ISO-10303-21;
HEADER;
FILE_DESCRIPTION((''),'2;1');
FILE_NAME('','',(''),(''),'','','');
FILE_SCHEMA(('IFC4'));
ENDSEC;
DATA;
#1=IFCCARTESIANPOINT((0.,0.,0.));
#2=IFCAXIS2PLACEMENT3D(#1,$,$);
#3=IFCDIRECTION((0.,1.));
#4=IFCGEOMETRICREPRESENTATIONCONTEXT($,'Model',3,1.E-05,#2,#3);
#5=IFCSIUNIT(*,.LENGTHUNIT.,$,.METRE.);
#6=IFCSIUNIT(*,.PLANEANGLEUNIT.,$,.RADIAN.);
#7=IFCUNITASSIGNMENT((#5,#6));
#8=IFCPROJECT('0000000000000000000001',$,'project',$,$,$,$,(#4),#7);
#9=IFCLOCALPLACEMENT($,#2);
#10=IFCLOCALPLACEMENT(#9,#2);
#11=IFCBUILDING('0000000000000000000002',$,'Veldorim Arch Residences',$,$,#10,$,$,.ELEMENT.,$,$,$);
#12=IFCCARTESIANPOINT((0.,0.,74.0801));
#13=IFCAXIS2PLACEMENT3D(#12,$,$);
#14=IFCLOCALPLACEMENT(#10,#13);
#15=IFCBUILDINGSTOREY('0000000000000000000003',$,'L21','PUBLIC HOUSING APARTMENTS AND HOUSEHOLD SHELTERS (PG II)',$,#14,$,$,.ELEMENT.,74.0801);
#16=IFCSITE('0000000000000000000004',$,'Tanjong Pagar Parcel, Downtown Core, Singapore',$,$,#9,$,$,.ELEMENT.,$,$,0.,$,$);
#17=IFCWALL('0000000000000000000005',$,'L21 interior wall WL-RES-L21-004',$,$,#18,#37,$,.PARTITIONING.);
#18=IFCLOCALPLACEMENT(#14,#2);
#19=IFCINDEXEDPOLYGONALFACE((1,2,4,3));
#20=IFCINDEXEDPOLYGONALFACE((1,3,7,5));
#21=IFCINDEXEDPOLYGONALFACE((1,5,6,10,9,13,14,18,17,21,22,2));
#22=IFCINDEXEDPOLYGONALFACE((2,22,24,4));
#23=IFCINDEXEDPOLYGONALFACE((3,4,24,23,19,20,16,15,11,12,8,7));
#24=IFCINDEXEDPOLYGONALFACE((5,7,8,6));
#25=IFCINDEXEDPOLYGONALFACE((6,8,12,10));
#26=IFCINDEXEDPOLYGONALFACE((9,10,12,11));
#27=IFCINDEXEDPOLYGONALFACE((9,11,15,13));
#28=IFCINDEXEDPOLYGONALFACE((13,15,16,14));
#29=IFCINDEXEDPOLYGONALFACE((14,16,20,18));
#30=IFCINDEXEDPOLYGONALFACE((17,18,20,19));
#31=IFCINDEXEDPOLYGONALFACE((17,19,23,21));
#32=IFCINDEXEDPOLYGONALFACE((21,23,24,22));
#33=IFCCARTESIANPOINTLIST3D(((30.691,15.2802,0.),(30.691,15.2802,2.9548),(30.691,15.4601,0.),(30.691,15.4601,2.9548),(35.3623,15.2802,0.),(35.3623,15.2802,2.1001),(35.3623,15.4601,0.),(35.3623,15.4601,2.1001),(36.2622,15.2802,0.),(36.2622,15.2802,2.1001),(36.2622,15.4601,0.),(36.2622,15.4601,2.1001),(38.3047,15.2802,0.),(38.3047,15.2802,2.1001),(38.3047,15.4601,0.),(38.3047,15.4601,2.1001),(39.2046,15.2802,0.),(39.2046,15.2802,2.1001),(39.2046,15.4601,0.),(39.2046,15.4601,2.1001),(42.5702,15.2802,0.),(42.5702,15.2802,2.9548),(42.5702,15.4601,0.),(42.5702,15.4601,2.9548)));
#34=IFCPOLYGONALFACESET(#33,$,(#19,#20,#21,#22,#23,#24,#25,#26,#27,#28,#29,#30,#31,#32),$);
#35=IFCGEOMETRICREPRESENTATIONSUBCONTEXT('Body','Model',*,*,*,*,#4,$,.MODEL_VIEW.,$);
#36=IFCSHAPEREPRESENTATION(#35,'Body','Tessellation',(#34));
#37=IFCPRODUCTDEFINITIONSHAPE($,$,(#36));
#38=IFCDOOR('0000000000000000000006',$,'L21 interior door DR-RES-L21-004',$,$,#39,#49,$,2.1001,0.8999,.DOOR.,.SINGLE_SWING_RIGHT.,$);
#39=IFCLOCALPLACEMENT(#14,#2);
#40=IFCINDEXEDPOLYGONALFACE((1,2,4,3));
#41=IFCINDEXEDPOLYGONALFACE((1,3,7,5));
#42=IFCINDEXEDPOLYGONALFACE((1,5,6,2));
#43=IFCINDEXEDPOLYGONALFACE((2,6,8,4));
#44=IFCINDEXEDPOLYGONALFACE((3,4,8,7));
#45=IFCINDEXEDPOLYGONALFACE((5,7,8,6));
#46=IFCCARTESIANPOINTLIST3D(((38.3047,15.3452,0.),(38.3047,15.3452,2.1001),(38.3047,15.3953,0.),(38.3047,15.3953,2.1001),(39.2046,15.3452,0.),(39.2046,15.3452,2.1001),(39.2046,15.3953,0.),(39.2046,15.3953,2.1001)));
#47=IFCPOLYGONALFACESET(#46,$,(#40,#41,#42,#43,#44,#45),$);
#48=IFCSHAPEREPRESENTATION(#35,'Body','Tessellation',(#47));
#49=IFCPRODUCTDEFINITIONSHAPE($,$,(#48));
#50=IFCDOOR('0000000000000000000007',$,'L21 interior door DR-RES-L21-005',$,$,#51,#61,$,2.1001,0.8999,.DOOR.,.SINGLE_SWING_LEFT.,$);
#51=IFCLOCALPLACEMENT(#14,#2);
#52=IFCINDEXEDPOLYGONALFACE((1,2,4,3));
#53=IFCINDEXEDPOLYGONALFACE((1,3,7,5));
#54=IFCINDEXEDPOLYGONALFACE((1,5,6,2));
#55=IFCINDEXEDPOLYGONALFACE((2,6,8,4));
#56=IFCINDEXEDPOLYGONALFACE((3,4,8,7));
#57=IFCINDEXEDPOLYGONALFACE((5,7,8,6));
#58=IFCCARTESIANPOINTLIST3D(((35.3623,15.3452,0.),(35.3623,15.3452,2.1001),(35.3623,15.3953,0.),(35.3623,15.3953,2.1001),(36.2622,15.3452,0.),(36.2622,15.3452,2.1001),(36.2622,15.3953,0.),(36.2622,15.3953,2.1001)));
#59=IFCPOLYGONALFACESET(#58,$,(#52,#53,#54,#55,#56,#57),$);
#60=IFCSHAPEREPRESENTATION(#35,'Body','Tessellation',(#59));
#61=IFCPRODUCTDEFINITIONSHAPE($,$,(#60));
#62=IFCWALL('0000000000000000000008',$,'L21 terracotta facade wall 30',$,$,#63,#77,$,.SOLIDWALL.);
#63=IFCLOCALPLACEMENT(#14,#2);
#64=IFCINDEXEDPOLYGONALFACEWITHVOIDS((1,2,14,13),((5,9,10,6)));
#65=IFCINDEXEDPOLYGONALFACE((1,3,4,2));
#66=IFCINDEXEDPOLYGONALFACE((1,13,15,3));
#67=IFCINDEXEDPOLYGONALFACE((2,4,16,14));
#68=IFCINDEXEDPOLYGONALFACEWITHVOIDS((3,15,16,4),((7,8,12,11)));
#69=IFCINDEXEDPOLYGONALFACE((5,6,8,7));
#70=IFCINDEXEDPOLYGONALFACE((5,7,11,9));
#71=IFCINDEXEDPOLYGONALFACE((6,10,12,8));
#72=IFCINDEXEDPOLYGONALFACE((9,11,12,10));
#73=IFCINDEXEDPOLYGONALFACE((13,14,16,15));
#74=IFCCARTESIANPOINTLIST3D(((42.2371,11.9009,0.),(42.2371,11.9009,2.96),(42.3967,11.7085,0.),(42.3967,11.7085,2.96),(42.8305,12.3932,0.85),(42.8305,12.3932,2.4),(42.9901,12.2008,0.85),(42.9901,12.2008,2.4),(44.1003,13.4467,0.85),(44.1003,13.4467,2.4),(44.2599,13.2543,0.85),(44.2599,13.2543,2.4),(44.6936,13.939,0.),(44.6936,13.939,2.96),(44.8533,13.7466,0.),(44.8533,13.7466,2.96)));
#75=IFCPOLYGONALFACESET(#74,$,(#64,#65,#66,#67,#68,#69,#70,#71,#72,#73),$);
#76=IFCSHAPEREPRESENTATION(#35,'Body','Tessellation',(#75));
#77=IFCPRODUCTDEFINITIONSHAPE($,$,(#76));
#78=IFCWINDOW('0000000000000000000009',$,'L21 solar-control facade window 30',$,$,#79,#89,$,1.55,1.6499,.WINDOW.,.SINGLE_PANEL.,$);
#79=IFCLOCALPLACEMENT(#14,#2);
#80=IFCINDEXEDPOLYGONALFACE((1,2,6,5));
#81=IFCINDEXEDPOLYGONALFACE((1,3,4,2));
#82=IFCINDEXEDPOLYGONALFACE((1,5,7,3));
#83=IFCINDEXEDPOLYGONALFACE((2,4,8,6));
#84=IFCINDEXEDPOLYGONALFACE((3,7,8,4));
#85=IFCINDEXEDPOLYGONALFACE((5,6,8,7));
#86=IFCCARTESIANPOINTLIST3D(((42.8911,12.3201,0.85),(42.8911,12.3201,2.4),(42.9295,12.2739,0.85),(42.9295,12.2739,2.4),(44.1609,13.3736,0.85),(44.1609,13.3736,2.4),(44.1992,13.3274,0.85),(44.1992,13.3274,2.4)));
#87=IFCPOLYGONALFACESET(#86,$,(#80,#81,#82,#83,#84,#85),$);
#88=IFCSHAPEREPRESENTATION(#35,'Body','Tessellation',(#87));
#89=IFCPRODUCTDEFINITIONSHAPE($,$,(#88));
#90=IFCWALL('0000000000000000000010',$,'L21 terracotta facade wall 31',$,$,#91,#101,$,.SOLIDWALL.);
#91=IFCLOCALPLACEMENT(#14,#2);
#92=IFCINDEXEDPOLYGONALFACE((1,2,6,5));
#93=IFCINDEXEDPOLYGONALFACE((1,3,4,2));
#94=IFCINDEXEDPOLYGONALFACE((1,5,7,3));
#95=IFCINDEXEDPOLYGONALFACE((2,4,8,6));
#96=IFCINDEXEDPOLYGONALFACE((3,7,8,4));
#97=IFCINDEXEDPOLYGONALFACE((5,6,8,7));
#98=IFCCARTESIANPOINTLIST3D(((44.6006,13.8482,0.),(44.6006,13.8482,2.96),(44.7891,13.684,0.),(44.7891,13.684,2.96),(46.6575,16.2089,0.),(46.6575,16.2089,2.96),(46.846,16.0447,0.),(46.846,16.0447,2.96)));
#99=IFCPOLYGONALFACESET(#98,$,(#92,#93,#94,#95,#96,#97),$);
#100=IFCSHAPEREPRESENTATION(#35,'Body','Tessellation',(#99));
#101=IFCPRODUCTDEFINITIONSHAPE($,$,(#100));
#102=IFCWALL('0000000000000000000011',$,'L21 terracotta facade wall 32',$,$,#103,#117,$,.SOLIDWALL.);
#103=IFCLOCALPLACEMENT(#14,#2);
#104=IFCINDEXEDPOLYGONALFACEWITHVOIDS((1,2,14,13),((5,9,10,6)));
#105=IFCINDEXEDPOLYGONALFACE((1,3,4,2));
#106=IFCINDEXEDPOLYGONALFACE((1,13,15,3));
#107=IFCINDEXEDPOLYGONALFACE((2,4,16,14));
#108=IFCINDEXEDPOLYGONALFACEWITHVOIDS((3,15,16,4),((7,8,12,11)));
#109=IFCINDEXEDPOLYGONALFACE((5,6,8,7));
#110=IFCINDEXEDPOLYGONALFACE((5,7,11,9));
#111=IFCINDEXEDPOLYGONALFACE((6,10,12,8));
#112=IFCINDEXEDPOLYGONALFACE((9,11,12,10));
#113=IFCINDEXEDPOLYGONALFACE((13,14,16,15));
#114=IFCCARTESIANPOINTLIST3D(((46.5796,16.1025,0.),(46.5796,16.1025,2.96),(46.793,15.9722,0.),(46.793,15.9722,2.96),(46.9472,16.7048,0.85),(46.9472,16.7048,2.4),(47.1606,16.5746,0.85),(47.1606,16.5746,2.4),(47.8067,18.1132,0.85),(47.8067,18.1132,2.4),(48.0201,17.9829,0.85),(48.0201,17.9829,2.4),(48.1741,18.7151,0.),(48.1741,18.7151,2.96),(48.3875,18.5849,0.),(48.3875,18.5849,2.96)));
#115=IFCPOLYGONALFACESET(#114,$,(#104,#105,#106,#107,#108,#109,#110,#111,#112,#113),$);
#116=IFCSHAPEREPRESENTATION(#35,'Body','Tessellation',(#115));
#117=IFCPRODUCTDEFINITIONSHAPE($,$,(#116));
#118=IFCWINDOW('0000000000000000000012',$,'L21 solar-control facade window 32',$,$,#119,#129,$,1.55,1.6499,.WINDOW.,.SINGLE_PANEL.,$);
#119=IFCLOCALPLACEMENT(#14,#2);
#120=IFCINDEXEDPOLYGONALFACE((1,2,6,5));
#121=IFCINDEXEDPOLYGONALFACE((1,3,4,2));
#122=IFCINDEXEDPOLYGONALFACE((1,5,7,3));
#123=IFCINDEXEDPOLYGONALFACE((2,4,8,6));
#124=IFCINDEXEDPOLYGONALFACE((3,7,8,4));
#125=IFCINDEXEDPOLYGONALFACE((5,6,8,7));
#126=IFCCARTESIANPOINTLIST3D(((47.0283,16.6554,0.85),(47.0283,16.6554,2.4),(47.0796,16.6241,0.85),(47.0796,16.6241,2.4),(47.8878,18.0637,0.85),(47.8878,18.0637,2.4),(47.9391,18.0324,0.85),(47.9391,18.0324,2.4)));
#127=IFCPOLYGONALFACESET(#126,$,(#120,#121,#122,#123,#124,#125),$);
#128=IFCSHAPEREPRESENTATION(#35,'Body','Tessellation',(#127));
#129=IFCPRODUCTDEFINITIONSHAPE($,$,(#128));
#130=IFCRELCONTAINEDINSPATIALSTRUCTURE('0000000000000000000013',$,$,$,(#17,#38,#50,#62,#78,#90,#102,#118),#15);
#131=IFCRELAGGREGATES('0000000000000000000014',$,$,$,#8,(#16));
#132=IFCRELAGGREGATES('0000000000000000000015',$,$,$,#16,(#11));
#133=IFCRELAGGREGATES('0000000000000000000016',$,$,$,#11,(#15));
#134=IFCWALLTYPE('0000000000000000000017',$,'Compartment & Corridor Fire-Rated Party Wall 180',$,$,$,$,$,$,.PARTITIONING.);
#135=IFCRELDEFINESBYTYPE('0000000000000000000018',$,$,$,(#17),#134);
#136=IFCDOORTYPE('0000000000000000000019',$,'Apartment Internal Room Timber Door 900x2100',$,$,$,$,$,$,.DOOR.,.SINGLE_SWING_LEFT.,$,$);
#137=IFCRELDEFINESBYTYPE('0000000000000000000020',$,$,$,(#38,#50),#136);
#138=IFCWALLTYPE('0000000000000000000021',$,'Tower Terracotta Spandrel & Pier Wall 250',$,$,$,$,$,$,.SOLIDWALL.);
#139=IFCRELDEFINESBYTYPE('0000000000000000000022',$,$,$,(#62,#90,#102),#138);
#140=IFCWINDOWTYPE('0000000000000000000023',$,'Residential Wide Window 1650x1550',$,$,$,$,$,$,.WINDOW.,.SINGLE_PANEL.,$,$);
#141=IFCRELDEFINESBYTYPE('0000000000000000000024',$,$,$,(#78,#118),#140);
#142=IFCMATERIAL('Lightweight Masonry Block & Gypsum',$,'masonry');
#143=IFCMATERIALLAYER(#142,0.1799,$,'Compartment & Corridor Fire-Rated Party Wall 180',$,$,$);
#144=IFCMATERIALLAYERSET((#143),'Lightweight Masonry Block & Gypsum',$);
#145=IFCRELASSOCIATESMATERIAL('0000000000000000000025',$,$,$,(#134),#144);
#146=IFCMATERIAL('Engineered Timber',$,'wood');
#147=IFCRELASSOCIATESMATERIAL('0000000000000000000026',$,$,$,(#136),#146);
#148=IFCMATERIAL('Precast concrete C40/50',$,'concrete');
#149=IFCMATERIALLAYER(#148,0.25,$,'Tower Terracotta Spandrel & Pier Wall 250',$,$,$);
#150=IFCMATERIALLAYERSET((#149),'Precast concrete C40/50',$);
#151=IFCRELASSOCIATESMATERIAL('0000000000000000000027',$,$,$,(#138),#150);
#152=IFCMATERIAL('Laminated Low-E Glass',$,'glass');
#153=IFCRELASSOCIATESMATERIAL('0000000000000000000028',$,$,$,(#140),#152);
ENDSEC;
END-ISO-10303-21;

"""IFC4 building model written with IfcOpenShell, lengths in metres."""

from ifc_helpers import new_model, si_unit, direction, frame, frame_2d, origin, place, context, subcontext, project, spatial, rectangle, extrude, material, layer, layer_set, type_object, element, fill, save


model = new_model("IFC4")

# Units and contexts
model_context = context("Model", 3, precision=1e-05, world=origin(), true_north=direction((0.0, 1.0)))
body_context = subcontext(model_context, "Body", "Model", "MODEL_VIEW")
ifc_project = project(units=[si_unit("LENGTHUNIT", "METRE"), si_unit("PLANEANGLEUNIT", "RADIAN")], contexts=[model_context])

# Site, building, storey
site_placement = place(None, origin())
site = spatial("IfcSite", under=ifc_project, at=site_placement, Name="Tanjong Pagar Parcel, Downtown Core, Singapore", CompositionType="ELEMENT", RefElevation=0.0)
building_placement = place(site_placement, origin())
building = spatial("IfcBuilding", under=site, at=building_placement, Name="Veldorim Arch Residences", CompositionType="ELEMENT")
storey_placement = place(building_placement, frame((0.0, 0.0, 74.0801)))
storey = spatial("IfcBuildingStorey", under=building, at=storey_placement, Name="L21", Description="PUBLIC HOUSING APARTMENTS AND HOUSEHOLD SHELTERS (PG II)", CompositionType="ELEMENT", Elevation=74.0801)

# Shared definitions
ifc_material_1 = material(Name="Lightweight Masonry Block & Gypsum", Category="masonry")
ifc_layer_1 = layer(ifc_material_1, 0.1799, Name="Compartment & Corridor Fire-Rated Party Wall 180")
ifc_layer_set_1 = layer_set([ifc_layer_1], Name="Lightweight Masonry Block & Gypsum")
wall_type_1 = type_object("IfcWallType", Name="Compartment & Corridor Fire-Rated Party Wall 180", PredefinedType="PARTITIONING", material=ifc_layer_set_1)

# Wall, openings, doors
wall_1_placement = place(storey_placement, frame((42.5701, 15.3701, 0.0), z_axis=(0.0, 0.0, 1.0), x_axis=(-1.0, 0.0, 0.0)))
wall_1 = element("IfcWall", 1, at=wall_1_placement, inside=storey, type_object=wall_type_1, Name="L21 interior wall WL-RES-L21-004", PredefinedType="PARTITIONING", context=body_context, shape_type="SweptSolid", body=[
    extrude(rectangle(XDim=11.8792, YDim=0.1799, at=frame_2d((5.9395, 0.0))), origin(), (0.0, 0.0, 1.0), 2.9548),
])
opening_1_placement = place(wall_1_placement, frame((3.3655, 0.0, 0.0)))
opening_1 = element("IfcOpeningElement", 2, at=opening_1_placement, cuts=wall_1, PredefinedType="OPENING", context=body_context, shape_type="SweptSolid", body=[
    extrude(rectangle(XDim=0.8999, YDim=2.1001, at=frame_2d((0.45, 1.05))), frame((0.0, 0.0999, 0.0), z_axis=(0.0, -1.0, 0.0), x_axis=(1.0, 0.0, 0.0)), (0.0, 0.0, 1.0), 0.2),
])
opening_2_placement = place(wall_1_placement, frame((6.3079, 0.0, 0.0)))
opening_2 = element("IfcOpeningElement", 3, at=opening_2_placement, cuts=wall_1, PredefinedType="OPENING", context=body_context, shape_type="SweptSolid", body=[
    extrude(rectangle(XDim=0.8999, YDim=2.1001, at=frame_2d((0.45, 1.05))), frame((0.0, 0.0999, 0.0), z_axis=(0.0, -1.0, 0.0), x_axis=(1.0, 0.0, 0.0)), (0.0, 0.0, 1.0), 0.2),
])
ifc_material_2 = material(Name="Engineered Timber", Category="wood")
door_type = type_object("IfcDoorType", Name="Apartment Internal Room Timber Door 900x2100", OperationType="SINGLE_SWING_LEFT", PredefinedType="DOOR", material=ifc_material_2)
door_1_placement = place(opening_1_placement, origin())
door_1 = element("IfcDoor", 4, at=door_1_placement, inside=storey, type_object=door_type, Name="L21 interior door DR-RES-L21-004", OperationType="SINGLE_SWING_RIGHT", OverallHeight=2.1001, OverallWidth=0.8999, PredefinedType="DOOR", context=body_context, shape_type="SweptSolid", body=[
    extrude(rectangle(XDim=0.8999, YDim=2.1001, at=frame_2d((0.45, 1.05))), frame((0.0, 0.0249, 0.0), z_axis=(0.0, -1.0, 0.0), x_axis=(1.0, 0.0, 0.0)), (0.0, 0.0, 1.0), 0.05),
])
fill(opening_1, door_1)
door_2_placement = place(opening_2_placement, origin())
door_2 = element("IfcDoor", 5, at=door_2_placement, inside=storey, type_object=door_type, Name="L21 interior door DR-RES-L21-005", OperationType="SINGLE_SWING_LEFT", OverallHeight=2.1001, OverallWidth=0.8999, PredefinedType="DOOR", context=body_context, shape_type="SweptSolid", body=[
    extrude(rectangle(XDim=0.8999, YDim=2.1001, at=frame_2d((0.45, 1.05))), frame((0.0, 0.0249, 0.0), z_axis=(0.0, -1.0, 0.0), x_axis=(1.0, 0.0, 0.0)), (0.0, 0.0, 1.0), 0.05),
])
fill(opening_2, door_2)

# Wall, opening, window
ifc_material_3 = material(Name="Precast concrete C40/50", Category="concrete")
ifc_layer_2 = layer(ifc_material_3, 0.25, Name="Tower Terracotta Spandrel & Pier Wall 250")
ifc_layer_set_2 = layer_set([ifc_layer_2], Name="Precast concrete C40/50")
wall_type_2 = type_object("IfcWallType", Name="Tower Terracotta Spandrel & Pier Wall 250", PredefinedType="SOLIDWALL", material=ifc_layer_set_2)
wall_2_placement = place(storey_placement, frame((44.7734, 13.8428, 0.0), z_axis=(0.0, 0.0, 1.0), x_axis=(-0.769611, -0.638513, 0.0)))
wall_2 = element("IfcWall", 6, at=wall_2_placement, inside=storey, type_object=wall_type_2, Name="L21 terracotta facade wall 30", PredefinedType="SOLIDWALL", context=body_context, shape_type="SweptSolid", body=[
    extrude(rectangle(XDim=3.1919, YDim=0.25, at=frame_2d((1.5959, 0.0))), origin(), (0.0, 0.0, 1.0), 2.96),
])
opening_3_placement = place(wall_2_placement, frame((0.771, 0.0, 0.8501)))
opening_3 = element("IfcOpeningElement", 7, at=opening_3_placement, cuts=wall_2, PredefinedType="OPENING", context=body_context, shape_type="SweptSolid", body=[
    extrude(rectangle(XDim=1.6499, YDim=1.55, at=frame_2d((0.825, 0.7749))), frame((0.0, 0.135, 0.0), z_axis=(0.0, -1.0, 0.0), x_axis=(1.0, 0.0, 0.0)), (0.0, 0.0, 1.0), 0.27),
])
ifc_material_4 = material(Name="Laminated Low-E Glass", Category="glass")
window_type = type_object("IfcWindowType", Name="Residential Wide Window 1650x1550", PartitioningType="SINGLE_PANEL", PredefinedType="WINDOW", material=ifc_material_4)
window_1_placement = place(opening_3_placement, origin())
window_1 = element("IfcWindow", 8, at=window_1_placement, inside=storey, type_object=window_type, Name="L21 solar-control facade window 30", OverallHeight=1.55, OverallWidth=1.6499, PartitioningType="SINGLE_PANEL", PredefinedType="WINDOW", context=body_context, shape_type="SweptSolid", body=[
    extrude(rectangle(XDim=1.6499, YDim=1.55, at=frame_2d((0.825, 0.7749))), frame((0.0, 0.03, 0.0), z_axis=(0.0, -1.0, 0.0), x_axis=(1.0, 0.0, 0.0)), (0.0, 0.0, 1.0), 0.0601),
])
fill(opening_3, window_1)

# Wall
wall_3_placement = place(storey_placement, frame((46.7517, 16.1267, 0.0), z_axis=(0.0, 0.0, 1.0), x_axis=(-0.656941, -0.753942, 0.0)))
element("IfcWall", 9, at=wall_3_placement, inside=storey, type_object=wall_type_2, Name="L21 terracotta facade wall 31", PredefinedType="SOLIDWALL", context=body_context, shape_type="SweptSolid", body=[
    extrude(rectangle(XDim=3.1311, YDim=0.25, at=frame_2d((1.5654, 0.0))), origin(), (0.0, 0.0, 1.0), 2.96),
])

# Wall, opening, window
wall_4_placement = place(storey_placement, frame((48.2808, 18.6499, 0.0), z_axis=(0.0, 0.0, 1.0), x_axis=(-0.520956, -0.853583, 0.0)))
wall_4 = element("IfcWall", 10, at=wall_4_placement, inside=storey, type_object=wall_type_2, Name="L21 terracotta facade wall 32", PredefinedType="SOLIDWALL", context=body_context, shape_type="SweptSolid", body=[
    extrude(rectangle(XDim=3.0608, YDim=0.25, at=frame_2d((1.5303, 0.0))), origin(), (0.0, 0.0, 1.0), 2.96),
])
opening_4_placement = place(wall_4_placement, frame((0.7051, 0.0, 0.8501)))
opening_4 = element("IfcOpeningElement", 11, at=opening_4_placement, cuts=wall_4, PredefinedType="OPENING", context=body_context, shape_type="SweptSolid", body=[
    extrude(rectangle(XDim=1.6499, YDim=1.55, at=frame_2d((0.825, 0.7749))), frame((0.0, 0.135, 0.0), z_axis=(0.0, -1.0, 0.0), x_axis=(1.0, 0.0, 0.0)), (0.0, 0.0, 1.0), 0.27),
])
window_2_placement = place(opening_4_placement, origin())
window_2 = element("IfcWindow", 12, at=window_2_placement, inside=storey, type_object=window_type, Name="L21 solar-control facade window 32", OverallHeight=1.55, OverallWidth=1.6499, PartitioningType="SINGLE_PANEL", PredefinedType="WINDOW", context=body_context, shape_type="SweptSolid", body=[
    extrude(rectangle(XDim=1.6499, YDim=1.55, at=frame_2d((0.825, 0.7749))), frame((0.0, 0.03, 0.0), z_axis=(0.0, -1.0, 0.0), x_axis=(1.0, 0.0, 0.0)), (0.0, 0.0, 1.0), 0.0601),
])
fill(opening_4, window_2)

save(model, "model.ifc")
